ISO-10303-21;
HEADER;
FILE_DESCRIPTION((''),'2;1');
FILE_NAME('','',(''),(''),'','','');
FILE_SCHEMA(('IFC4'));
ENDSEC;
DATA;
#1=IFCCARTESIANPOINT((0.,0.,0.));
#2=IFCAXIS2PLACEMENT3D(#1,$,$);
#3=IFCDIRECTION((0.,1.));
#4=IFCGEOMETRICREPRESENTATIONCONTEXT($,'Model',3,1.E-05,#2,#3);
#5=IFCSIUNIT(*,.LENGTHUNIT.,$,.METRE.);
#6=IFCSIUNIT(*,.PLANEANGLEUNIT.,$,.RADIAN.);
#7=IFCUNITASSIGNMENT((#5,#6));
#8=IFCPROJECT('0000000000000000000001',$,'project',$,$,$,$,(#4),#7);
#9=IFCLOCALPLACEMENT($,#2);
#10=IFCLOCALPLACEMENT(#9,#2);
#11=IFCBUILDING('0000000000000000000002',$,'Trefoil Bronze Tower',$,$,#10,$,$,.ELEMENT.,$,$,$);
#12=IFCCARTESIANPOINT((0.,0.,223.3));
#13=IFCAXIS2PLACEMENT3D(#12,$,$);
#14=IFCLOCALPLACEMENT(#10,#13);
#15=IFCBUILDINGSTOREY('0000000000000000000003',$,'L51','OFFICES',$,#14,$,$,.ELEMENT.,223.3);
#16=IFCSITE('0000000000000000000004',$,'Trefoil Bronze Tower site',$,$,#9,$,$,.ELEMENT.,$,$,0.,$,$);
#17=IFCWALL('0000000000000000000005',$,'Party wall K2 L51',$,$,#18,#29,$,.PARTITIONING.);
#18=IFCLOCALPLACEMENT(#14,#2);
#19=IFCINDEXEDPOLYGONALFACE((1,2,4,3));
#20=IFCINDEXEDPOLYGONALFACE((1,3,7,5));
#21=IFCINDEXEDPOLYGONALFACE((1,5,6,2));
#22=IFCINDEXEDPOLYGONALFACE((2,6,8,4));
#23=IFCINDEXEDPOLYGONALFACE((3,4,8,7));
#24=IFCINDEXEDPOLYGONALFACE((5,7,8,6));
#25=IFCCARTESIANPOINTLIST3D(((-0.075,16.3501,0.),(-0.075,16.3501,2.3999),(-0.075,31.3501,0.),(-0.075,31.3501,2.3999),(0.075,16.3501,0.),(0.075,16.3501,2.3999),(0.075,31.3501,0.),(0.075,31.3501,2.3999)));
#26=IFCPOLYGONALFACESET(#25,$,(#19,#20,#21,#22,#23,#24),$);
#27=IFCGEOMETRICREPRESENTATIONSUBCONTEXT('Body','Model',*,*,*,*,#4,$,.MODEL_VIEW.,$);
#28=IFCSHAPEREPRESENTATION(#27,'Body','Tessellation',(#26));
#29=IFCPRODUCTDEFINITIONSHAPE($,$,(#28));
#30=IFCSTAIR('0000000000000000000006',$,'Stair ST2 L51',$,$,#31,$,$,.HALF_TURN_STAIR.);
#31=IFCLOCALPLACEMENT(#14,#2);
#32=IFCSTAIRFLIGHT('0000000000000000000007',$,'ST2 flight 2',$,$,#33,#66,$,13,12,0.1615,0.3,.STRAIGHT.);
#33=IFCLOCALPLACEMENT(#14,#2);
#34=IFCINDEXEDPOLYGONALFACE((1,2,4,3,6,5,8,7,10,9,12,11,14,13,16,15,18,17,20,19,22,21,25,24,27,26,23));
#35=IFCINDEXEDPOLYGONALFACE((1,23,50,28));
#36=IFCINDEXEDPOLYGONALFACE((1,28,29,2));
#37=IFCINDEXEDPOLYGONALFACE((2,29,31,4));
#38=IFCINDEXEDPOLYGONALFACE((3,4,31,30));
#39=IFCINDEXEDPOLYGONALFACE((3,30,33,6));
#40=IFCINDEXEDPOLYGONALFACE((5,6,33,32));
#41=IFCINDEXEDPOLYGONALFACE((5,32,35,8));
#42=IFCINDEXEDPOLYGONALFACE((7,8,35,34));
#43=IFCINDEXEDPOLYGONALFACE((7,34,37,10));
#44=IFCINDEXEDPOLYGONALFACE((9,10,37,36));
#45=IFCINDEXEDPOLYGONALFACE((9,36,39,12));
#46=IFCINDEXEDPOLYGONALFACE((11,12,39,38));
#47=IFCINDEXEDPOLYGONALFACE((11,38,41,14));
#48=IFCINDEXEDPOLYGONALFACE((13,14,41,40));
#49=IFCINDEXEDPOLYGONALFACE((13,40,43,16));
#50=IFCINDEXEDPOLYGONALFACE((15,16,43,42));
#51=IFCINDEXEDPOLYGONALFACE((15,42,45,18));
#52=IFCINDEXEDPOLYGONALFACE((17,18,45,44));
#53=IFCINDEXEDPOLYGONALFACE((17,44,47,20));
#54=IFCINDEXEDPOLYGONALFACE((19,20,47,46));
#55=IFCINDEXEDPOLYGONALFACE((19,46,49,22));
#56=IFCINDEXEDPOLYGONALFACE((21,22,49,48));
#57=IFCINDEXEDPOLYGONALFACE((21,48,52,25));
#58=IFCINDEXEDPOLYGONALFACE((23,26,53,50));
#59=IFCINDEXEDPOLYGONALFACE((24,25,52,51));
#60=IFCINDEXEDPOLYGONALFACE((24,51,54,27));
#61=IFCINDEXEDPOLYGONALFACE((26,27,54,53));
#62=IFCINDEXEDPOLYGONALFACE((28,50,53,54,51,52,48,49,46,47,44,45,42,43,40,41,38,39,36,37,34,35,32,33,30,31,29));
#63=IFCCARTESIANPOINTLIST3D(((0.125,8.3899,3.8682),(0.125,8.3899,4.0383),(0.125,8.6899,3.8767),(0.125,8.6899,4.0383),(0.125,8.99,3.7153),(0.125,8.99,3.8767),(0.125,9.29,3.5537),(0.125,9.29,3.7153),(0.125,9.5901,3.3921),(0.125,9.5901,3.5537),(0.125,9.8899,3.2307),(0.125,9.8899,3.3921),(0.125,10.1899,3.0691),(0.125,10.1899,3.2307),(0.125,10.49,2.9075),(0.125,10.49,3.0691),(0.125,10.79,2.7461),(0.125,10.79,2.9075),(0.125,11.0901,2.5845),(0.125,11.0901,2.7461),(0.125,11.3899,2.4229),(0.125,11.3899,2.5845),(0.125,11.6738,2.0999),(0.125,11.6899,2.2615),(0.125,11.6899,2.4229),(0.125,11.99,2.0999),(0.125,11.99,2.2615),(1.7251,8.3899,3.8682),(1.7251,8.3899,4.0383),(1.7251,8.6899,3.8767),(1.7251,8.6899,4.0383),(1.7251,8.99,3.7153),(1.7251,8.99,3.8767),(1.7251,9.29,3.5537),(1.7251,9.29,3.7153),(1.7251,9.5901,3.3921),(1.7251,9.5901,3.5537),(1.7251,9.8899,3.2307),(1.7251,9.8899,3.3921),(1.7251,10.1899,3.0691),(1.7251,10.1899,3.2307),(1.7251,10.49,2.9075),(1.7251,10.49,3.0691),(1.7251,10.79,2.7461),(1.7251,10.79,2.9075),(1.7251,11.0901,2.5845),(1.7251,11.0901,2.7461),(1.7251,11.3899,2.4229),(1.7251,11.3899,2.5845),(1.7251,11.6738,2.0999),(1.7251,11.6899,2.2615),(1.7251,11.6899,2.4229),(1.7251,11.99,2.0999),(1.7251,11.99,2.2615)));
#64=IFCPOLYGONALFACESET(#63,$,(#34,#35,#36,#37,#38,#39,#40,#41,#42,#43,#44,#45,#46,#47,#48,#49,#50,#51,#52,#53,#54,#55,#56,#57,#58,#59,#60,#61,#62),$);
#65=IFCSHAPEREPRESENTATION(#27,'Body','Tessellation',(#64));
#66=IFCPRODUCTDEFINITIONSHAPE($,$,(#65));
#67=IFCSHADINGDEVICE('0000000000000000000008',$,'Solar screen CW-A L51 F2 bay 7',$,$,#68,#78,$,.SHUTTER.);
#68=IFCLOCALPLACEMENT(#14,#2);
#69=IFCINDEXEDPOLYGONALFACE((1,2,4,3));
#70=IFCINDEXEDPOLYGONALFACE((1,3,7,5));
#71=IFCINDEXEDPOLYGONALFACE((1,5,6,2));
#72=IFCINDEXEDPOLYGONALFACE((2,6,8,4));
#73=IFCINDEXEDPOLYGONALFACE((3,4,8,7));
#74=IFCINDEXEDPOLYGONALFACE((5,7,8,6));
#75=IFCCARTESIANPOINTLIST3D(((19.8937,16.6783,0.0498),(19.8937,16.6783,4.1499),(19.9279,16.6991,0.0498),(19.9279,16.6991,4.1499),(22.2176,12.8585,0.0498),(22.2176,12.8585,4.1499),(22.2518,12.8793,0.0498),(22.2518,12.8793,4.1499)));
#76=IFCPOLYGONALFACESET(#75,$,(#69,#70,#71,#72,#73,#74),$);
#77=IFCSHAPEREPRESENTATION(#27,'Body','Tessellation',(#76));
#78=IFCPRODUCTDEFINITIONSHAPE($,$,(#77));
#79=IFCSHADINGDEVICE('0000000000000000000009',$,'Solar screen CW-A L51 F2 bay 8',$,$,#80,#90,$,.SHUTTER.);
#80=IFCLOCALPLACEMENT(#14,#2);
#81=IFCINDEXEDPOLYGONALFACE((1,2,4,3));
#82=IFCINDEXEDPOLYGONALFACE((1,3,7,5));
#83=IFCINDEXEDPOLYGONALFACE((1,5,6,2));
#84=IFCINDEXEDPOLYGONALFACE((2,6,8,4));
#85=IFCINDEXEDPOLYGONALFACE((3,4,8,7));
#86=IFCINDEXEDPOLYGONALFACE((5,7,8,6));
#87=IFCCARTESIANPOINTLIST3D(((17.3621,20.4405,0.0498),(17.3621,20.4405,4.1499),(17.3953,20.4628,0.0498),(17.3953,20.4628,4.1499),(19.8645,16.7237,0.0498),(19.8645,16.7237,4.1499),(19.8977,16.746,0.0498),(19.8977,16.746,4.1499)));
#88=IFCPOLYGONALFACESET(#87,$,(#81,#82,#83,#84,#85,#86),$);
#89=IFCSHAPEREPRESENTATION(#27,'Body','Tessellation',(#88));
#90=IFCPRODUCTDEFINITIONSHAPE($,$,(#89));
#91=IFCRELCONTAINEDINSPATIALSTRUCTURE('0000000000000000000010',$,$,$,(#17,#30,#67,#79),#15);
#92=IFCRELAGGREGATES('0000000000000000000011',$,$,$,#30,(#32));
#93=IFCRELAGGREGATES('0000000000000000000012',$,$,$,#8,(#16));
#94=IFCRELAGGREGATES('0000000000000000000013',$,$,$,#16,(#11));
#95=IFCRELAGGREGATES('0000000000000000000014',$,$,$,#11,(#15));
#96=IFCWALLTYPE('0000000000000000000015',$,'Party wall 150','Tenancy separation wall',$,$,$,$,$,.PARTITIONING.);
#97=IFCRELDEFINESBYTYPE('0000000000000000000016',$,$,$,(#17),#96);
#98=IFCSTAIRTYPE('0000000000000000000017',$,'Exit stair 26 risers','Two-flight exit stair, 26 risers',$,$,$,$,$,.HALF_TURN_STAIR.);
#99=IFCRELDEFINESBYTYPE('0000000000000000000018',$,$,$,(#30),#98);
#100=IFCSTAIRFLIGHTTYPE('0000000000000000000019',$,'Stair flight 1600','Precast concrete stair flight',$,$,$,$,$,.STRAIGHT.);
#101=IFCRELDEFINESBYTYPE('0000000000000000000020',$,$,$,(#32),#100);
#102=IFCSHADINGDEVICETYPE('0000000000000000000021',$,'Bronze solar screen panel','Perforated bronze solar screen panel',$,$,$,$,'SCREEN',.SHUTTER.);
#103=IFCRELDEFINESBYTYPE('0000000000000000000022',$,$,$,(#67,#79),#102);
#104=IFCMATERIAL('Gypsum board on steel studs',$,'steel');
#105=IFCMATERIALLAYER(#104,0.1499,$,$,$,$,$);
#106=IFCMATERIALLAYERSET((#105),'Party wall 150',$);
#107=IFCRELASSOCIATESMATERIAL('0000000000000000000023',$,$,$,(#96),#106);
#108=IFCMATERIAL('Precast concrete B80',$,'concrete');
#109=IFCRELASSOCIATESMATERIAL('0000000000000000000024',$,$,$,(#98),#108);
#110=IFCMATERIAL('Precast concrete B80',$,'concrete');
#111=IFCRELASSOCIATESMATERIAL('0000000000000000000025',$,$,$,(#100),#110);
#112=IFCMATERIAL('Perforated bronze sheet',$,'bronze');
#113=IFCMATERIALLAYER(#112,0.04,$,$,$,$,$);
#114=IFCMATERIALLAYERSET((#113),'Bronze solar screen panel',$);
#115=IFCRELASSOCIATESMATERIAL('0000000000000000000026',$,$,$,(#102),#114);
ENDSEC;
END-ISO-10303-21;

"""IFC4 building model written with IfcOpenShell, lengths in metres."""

from ifc_helpers import new_model, si_unit, direction, frame, frame_2d, origin, origin_2d, place, context, subcontext, project, spatial, polyline, rectangle, outline, extrude, material, layer, layer_set, type_object, element, aggregate, save


model = new_model("IFC4")

# Units and contexts
model_context = context("Model", 3, precision=1e-05, world=origin(), true_north=direction((0.0, 1.0)))
body_context = subcontext(model_context, "Body", "Model", "MODEL_VIEW")
ifc_project = project(units=[si_unit("LENGTHUNIT", "METRE"), si_unit("PLANEANGLEUNIT", "RADIAN")], contexts=[model_context])

# Site, building, storey
site_placement = place(None, origin())
site = spatial("IfcSite", under=ifc_project, at=site_placement, Name="Trefoil Bronze Tower site", CompositionType="ELEMENT", RefElevation=0.0)
building_placement = place(site_placement, origin())
building = spatial("IfcBuilding", under=site, at=building_placement, Name="Trefoil Bronze Tower", CompositionType="ELEMENT")
storey_placement = place(building_placement, frame((0.0, 0.0, 223.3)))
storey = spatial("IfcBuildingStorey", under=building, at=storey_placement, Name="L51", Description="OFFICES", CompositionType="ELEMENT", Elevation=223.3)

# Wall
ifc_material_1 = material(Name="Gypsum board on steel studs", Category="steel")
ifc_layer_1 = layer(ifc_material_1, 0.1499)
ifc_layer_set_1 = layer_set([ifc_layer_1], Name="Party wall 150")
wall_type_1 = type_object("IfcWallType", Name="Party wall 150", Description="Tenancy separation wall", PredefinedType="PARTITIONING", material=ifc_layer_set_1)
wall_1_placement = place(storey_placement, frame((0.0, 16.3501, 0.0), z_axis=(0.0, 0.0, 1.0), x_axis=(0.0, 1.0, 0.0)))
element("IfcWall", 1, at=wall_1_placement, inside=storey, type_object=wall_type_1, Name="Party wall K2 L51", PredefinedType="PARTITIONING", context=body_context, shape_type="SweptSolid", body=[
    extrude(rectangle(XDim=15.0, YDim=0.1499, at=frame_2d((7.5, 0.0))), origin(), (0.0, 0.0, 1.0), 2.3999),
])

# Stair, stair flight
ifc_material_2 = material(Name="Precast concrete B80", Category="concrete")
stair_type = type_object("IfcStairType", Name="Exit stair 26 risers", Description="Two-flight exit stair, 26 risers", PredefinedType="HALF_TURN_STAIR", material=ifc_material_2)
stair_placement = place(storey_placement, origin())
stair = element("IfcStair", 2, at=stair_placement, inside=storey, type_object=stair_type, Name="Stair ST2 L51", PredefinedType="HALF_TURN_STAIR")
ifc_material_3 = material(Name="Precast concrete B80", Category="concrete")
stair_flight_type = type_object("IfcStairFlightType", Name="Stair flight 1600", Description="Precast concrete stair flight", PredefinedType="STRAIGHT", material=ifc_material_3)
stair_flight_placement = place(storey_placement, frame((0.925, 11.99, 2.0999), z_axis=(0.0, 0.0, 1.0), x_axis=(0.0, -1.0, 0.0)))
stair_flight = element("IfcStairFlight", 3, at=stair_flight_placement, type_object=stair_flight_type, Name="ST2 flight 2", NumberOfRisers=13, NumberOfTreads=12, PredefinedType="STRAIGHT", RiserHeight=0.1615, TreadLength=0.3, context=body_context, shape_type="SweptSolid", body=[
    extrude(outline(polyline([(0.0, 0.0), (0.0, 0.1616), (0.3, 0.1616), (0.3, 0.323), (0.6001, 0.323), (0.6001, 0.4846), (0.8999, 0.4846), (0.8999, 0.6462), (1.2, 0.6462), (1.2, 0.8076), (1.5, 0.8076), (1.5, 0.9692), (1.8, 0.9692), (1.8, 1.1309), (2.1001, 1.1309), (2.1001, 1.2922), (2.3999, 1.2922), (2.3999, 1.4539), (2.7, 1.4539), (2.7, 1.6155), (3.0, 1.6155), (3.0, 1.7769), (3.3, 1.7769), (3.3, 1.9385), (3.6001, 1.9385), (3.6001, 2.1001), (3.6001, 1.7683), (0.3162, 0.0), (0.0, 0.0)])), frame((0.0, 0.8, 0.0), z_axis=(0.0, -1.0, 0.0), x_axis=(1.0, 0.0, 0.0)), (0.0, 0.0, 1.0), 1.6001),
])
aggregate(stair, [stair_flight])

# Shading devices
ifc_material_4 = material(Name="Perforated bronze sheet", Category="bronze")
ifc_layer_2 = layer(ifc_material_4, 0.04)
ifc_layer_set_2 = layer_set([ifc_layer_2], Name="Bronze solar screen panel")
shading_device_type = type_object("IfcShadingDeviceType", Name="Bronze solar screen panel", Description="Perforated bronze solar screen panel", ElementType="SCREEN", PredefinedType="SHUTTER", material=ifc_layer_set_2)
shading_device_1_placement = place(storey_placement, frame((21.0728, 14.7788, 0.0498), z_axis=(0.0, 0.0, 1.0), x_axis=(-0.519762, 0.854311, 0.0)))
element("IfcShadingDevice", 4, at=shading_device_1_placement, inside=storey, type_object=shading_device_type, Name="Solar screen CW-A L51 F2 bay 7", PredefinedType="SHUTTER", context=body_context, shape_type="SweptSolid", body=[
    extrude(rectangle(XDim=4.4712, YDim=0.04, at=origin_2d()), origin(), (0.0, 0.0, 1.0), 4.1001),
])
shading_device_2_placement = place(storey_placement, frame((18.6299, 18.5933, 0.0498), z_axis=(0.0, 0.0, 1.0), x_axis=(-0.558493, 0.829509, 0.0)))
element("IfcShadingDevice", 5, at=shading_device_2_placement, inside=storey, type_object=shading_device_type, Name="Solar screen CW-A L51 F2 bay 8", PredefinedType="SHUTTER", context=body_context, shape_type="SweptSolid", body=[
    extrude(rectangle(XDim=4.4807, YDim=0.04, at=origin_2d()), origin(), (0.0, 0.0, 1.0), 4.1001),
])

save(model, "model.ifc")
